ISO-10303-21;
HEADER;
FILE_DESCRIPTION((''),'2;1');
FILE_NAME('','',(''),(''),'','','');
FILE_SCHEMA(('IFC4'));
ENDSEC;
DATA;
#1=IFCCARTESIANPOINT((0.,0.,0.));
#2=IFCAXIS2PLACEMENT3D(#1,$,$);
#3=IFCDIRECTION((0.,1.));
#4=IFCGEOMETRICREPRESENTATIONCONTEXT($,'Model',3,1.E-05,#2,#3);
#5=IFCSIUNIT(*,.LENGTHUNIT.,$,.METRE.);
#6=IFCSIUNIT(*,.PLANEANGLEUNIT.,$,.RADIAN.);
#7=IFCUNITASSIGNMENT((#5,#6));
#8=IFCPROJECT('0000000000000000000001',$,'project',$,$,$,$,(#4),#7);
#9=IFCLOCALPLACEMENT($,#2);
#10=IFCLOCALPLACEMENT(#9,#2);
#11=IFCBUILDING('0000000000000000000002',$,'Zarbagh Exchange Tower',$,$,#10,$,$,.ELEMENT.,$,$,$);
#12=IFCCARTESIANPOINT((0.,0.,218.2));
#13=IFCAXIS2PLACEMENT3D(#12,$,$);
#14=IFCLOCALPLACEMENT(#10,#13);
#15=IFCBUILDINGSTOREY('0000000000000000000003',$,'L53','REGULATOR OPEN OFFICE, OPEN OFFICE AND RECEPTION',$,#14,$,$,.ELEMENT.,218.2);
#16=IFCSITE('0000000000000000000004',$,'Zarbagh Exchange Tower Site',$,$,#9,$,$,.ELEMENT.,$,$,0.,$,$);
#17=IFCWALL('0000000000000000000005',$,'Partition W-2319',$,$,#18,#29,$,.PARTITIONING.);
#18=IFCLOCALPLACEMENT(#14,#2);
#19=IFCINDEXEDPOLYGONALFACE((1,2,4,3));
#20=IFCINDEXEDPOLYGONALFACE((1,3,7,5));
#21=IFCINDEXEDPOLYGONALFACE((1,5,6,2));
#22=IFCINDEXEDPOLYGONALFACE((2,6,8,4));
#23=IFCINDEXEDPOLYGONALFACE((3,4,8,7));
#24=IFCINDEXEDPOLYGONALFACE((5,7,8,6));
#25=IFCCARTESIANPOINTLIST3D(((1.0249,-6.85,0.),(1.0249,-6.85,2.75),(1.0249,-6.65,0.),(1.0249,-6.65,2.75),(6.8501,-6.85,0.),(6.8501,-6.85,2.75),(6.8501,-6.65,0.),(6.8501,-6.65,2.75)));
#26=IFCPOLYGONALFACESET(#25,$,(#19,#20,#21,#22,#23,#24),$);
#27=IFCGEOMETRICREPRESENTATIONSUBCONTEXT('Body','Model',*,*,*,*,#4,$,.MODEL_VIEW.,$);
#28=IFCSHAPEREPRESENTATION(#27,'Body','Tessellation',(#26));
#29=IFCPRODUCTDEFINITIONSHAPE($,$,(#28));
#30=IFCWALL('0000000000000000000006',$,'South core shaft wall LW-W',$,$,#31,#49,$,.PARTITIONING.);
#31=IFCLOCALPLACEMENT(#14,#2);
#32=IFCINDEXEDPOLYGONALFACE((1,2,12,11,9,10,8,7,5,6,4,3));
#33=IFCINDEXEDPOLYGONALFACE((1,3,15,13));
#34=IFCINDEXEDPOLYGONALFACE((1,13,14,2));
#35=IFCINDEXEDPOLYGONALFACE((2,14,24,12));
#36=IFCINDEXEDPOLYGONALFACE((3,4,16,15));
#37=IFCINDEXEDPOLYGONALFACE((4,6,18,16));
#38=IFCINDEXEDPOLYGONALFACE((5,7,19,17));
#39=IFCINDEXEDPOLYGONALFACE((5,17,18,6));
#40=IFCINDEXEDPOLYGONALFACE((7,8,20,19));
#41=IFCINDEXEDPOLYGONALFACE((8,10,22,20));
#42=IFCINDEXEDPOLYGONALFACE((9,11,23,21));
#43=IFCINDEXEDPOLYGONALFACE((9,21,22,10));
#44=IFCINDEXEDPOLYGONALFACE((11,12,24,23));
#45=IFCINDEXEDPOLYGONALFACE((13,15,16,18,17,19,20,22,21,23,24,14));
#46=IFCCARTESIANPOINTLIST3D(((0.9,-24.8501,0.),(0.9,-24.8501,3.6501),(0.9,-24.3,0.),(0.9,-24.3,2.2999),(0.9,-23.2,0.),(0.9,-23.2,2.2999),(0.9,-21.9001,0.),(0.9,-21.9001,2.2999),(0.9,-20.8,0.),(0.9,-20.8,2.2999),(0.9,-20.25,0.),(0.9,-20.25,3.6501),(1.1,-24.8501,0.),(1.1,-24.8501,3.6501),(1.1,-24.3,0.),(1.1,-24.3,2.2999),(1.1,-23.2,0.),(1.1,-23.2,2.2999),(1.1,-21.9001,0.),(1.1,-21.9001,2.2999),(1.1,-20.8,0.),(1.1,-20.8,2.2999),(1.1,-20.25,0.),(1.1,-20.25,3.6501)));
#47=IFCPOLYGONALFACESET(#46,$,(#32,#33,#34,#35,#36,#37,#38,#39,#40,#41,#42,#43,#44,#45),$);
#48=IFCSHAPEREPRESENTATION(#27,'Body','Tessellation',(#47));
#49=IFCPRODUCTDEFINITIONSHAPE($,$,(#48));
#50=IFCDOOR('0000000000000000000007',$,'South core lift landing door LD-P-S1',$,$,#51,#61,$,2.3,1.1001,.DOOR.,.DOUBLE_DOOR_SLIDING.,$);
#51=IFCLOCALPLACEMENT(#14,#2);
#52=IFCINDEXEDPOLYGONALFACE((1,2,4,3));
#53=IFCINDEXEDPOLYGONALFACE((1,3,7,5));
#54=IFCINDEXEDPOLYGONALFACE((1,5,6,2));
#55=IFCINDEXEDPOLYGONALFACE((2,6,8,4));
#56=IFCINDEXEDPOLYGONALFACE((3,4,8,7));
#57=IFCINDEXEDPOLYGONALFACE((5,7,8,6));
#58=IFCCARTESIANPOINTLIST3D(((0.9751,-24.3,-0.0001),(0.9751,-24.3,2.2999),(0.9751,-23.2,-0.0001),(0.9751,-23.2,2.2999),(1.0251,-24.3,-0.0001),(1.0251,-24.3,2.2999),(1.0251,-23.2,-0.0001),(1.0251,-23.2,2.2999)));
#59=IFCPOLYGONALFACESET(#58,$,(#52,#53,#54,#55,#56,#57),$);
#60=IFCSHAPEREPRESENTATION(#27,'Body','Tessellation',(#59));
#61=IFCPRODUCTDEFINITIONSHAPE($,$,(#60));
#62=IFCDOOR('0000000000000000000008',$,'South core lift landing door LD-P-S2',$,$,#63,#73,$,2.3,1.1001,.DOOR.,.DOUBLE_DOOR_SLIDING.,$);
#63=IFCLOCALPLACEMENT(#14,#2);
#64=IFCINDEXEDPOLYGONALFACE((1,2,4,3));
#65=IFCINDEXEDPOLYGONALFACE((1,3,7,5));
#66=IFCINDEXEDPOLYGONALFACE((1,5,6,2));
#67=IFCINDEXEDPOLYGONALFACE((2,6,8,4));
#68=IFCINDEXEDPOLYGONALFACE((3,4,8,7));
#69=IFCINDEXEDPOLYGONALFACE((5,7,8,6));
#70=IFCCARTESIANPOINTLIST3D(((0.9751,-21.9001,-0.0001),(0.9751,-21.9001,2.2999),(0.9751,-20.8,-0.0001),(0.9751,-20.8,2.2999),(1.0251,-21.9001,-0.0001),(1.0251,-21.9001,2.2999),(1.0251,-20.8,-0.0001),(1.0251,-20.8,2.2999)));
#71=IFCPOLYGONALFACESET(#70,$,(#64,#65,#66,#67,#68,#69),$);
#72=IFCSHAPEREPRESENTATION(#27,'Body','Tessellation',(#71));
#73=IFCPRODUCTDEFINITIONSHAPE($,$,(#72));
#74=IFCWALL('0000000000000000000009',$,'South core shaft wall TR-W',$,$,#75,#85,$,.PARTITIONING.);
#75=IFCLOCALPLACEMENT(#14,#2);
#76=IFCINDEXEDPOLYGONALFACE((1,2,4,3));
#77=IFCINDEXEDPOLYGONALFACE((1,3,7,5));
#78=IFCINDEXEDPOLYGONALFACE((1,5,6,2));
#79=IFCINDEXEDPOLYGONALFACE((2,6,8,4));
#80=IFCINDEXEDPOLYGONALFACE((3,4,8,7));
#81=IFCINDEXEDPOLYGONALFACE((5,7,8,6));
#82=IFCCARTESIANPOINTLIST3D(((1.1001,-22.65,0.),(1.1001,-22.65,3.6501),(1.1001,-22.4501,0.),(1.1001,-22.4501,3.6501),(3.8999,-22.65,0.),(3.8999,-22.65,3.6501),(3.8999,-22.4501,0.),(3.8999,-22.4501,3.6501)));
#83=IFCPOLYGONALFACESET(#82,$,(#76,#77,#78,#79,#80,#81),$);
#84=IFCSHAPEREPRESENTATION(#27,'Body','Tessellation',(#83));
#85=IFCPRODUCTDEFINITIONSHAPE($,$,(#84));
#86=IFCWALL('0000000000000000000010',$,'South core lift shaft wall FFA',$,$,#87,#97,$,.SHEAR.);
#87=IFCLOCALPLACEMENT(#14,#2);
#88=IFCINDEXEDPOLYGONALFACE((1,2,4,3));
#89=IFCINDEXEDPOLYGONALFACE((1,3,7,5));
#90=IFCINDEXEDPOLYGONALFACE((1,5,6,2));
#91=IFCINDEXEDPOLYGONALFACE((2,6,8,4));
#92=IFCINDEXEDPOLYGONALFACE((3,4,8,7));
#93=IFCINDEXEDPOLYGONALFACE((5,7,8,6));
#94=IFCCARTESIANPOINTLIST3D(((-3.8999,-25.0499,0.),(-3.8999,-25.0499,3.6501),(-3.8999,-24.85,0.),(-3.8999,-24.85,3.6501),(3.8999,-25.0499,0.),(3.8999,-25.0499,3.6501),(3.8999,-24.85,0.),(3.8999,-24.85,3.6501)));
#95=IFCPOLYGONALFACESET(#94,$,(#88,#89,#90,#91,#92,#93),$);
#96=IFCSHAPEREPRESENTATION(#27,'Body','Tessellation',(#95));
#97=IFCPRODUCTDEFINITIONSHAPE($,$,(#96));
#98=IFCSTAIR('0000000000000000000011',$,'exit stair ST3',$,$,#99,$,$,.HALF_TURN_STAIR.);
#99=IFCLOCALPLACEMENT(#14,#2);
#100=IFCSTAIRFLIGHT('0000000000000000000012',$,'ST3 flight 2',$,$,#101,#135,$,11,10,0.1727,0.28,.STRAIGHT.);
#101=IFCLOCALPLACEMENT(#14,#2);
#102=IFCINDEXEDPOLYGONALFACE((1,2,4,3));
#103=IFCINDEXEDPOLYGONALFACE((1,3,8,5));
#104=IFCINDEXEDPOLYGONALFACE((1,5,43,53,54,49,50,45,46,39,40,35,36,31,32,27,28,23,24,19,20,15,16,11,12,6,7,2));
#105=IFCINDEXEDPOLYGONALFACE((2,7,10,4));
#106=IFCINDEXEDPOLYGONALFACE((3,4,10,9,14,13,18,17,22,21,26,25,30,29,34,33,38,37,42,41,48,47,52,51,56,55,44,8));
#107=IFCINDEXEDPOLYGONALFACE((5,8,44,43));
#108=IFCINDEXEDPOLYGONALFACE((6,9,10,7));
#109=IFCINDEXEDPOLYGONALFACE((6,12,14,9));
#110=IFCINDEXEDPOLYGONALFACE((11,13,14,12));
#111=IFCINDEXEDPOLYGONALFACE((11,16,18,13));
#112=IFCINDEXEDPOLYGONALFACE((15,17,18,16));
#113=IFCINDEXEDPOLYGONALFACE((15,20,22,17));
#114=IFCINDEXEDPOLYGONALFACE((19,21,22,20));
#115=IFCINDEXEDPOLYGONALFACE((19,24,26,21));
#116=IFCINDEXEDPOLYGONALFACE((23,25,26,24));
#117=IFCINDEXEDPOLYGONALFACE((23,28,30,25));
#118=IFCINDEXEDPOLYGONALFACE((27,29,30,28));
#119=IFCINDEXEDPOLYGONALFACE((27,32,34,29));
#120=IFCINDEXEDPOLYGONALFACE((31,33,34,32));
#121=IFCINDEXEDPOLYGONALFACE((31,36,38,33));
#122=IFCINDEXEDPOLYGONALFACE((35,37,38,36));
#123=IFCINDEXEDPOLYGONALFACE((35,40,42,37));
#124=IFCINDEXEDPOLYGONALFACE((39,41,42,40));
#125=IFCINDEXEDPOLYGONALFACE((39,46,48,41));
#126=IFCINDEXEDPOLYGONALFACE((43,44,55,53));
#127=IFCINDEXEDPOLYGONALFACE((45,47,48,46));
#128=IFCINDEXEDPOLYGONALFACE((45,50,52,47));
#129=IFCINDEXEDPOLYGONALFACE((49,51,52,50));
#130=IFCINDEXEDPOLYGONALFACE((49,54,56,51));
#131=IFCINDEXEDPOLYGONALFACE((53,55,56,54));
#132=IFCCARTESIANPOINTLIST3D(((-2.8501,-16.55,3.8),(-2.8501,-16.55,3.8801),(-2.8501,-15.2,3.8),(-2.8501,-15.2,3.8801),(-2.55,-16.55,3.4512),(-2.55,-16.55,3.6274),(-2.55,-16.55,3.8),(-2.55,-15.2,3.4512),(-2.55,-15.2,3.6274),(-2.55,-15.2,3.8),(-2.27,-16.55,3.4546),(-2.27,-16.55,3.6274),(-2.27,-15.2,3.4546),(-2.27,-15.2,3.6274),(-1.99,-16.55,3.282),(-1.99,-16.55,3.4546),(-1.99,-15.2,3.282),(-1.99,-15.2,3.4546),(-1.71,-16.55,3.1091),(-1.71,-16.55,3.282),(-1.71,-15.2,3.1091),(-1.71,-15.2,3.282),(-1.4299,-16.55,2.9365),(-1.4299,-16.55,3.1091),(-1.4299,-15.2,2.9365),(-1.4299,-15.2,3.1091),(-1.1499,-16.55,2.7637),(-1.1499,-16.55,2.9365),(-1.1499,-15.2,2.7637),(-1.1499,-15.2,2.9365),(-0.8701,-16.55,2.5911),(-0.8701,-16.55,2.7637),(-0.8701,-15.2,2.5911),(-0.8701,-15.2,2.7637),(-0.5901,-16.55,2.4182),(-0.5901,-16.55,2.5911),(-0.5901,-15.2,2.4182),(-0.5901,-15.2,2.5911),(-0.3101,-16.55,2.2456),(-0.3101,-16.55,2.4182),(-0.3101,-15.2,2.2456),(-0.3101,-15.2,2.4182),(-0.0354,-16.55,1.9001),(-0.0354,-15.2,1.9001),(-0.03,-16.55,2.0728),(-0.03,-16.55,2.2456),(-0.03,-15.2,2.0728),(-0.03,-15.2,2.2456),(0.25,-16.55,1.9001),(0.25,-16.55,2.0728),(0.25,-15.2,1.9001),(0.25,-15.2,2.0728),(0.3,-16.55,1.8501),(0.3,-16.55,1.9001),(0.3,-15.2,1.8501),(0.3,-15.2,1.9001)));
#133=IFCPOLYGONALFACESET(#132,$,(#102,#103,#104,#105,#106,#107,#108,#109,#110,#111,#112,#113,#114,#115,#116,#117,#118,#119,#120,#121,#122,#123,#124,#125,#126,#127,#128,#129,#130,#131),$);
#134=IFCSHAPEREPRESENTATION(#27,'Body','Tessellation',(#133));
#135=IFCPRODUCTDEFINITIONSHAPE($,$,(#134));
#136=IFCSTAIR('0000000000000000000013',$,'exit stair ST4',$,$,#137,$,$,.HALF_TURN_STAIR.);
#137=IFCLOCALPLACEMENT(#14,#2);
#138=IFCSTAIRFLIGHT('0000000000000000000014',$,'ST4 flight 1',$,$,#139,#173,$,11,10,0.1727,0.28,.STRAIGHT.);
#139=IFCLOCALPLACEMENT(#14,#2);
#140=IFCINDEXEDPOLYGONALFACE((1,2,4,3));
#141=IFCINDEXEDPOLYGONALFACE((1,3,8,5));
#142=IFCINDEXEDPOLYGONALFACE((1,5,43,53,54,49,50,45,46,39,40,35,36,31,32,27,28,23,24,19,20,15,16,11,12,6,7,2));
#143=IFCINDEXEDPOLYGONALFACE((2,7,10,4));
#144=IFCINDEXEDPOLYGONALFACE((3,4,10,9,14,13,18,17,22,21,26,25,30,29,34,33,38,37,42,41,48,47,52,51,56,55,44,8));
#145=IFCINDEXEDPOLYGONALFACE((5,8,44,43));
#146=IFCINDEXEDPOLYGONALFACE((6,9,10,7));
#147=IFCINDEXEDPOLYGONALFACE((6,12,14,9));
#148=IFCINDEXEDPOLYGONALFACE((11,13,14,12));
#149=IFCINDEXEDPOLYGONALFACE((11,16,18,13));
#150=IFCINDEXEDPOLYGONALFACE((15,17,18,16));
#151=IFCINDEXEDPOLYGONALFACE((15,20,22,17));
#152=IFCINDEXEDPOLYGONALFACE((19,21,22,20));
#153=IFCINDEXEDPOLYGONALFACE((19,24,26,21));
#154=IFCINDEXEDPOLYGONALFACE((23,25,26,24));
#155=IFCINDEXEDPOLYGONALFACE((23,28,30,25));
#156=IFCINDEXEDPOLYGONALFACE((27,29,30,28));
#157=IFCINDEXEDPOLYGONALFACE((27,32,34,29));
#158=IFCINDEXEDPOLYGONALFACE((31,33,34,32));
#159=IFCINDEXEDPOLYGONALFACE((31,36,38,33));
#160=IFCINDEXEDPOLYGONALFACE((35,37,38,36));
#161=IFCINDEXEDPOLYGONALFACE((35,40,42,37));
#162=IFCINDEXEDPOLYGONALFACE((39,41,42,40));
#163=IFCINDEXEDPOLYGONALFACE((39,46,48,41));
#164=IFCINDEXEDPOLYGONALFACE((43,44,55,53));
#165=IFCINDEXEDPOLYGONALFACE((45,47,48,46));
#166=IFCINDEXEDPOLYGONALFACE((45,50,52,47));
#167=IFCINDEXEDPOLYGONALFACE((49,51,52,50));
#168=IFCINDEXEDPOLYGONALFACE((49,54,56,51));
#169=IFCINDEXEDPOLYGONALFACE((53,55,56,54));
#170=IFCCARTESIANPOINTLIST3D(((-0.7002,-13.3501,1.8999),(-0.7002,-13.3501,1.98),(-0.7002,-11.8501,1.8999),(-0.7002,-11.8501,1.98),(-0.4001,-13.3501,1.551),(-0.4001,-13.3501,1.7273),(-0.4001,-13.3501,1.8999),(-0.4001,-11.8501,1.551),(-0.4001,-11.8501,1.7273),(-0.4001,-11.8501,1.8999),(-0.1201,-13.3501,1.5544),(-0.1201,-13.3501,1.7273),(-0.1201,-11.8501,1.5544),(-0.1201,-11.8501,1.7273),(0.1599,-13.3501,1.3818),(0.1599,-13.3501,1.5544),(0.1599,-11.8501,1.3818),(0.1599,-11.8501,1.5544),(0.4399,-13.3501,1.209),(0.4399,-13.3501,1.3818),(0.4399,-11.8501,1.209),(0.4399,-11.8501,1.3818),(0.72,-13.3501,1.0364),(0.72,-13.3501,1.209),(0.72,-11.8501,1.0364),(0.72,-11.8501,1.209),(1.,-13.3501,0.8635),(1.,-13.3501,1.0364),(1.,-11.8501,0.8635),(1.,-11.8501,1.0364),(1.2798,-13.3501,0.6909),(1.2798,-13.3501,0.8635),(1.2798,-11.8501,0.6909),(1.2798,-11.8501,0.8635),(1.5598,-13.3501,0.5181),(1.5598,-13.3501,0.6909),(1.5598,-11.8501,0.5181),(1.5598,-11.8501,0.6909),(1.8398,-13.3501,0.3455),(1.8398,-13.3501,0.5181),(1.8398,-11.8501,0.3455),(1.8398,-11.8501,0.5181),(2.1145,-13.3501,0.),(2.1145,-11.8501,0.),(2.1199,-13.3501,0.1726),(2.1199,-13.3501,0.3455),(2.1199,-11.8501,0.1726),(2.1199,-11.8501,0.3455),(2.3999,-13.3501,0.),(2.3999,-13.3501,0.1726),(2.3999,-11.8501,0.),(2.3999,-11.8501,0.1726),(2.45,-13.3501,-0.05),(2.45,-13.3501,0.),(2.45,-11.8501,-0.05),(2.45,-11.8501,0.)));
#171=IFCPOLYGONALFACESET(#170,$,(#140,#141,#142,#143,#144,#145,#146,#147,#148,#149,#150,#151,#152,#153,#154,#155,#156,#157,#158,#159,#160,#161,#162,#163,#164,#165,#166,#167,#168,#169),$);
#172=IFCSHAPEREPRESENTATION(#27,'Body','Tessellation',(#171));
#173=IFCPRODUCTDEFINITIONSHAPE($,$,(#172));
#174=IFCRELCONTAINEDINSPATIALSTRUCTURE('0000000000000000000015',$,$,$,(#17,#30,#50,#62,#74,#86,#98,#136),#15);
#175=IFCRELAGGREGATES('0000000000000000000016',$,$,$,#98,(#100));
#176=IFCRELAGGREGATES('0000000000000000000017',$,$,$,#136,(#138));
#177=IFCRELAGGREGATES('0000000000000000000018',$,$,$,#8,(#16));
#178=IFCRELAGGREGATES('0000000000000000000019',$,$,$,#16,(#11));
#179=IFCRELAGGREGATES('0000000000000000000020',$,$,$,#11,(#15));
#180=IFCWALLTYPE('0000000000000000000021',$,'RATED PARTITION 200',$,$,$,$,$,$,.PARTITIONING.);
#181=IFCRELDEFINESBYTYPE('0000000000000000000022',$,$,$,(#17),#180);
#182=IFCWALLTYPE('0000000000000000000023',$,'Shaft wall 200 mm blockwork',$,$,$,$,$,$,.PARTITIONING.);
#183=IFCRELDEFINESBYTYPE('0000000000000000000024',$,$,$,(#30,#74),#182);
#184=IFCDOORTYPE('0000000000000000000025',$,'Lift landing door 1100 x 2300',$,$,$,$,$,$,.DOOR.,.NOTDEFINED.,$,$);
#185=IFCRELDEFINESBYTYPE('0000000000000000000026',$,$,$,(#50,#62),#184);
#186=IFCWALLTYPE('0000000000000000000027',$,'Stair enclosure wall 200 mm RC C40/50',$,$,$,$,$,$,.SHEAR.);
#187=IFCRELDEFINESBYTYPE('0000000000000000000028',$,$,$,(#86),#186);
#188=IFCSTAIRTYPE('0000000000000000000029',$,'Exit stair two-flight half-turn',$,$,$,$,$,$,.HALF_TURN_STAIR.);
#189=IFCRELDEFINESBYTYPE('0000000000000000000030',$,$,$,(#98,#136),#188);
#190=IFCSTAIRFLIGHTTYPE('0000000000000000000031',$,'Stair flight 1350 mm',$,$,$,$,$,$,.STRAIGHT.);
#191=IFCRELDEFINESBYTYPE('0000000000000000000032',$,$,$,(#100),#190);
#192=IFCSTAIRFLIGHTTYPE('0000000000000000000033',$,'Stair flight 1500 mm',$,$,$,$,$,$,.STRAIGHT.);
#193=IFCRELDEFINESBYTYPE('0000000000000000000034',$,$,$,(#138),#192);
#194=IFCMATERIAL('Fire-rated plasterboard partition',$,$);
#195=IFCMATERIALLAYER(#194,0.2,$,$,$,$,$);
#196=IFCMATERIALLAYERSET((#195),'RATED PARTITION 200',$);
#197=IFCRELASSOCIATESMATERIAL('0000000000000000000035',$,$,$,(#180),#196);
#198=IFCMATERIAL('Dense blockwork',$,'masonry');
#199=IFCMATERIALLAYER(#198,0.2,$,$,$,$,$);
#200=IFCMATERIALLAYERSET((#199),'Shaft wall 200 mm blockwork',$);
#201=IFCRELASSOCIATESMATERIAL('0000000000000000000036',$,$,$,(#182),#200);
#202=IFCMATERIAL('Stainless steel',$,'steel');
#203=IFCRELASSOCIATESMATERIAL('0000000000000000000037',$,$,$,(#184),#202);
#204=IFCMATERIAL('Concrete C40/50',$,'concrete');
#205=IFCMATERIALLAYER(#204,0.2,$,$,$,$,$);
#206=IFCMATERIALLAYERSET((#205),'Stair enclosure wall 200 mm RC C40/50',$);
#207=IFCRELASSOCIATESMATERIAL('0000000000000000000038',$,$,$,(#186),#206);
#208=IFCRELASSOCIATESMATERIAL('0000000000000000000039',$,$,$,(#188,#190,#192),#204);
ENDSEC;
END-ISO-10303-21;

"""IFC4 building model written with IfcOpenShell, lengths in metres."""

from ifc_helpers import new_model, si_unit, direction, frame, frame_2d, origin, place, context, subcontext, project, spatial, polyline, rectangle, outline, extrude, material, layer, layer_set, type_object, element, fill, aggregate, save


model = new_model("IFC4")

# Units and contexts
model_context = context("Model", 3, precision=1e-05, world=origin(), true_north=direction((0.0, 1.0)))
body_context = subcontext(model_context, "Body", "Model", "MODEL_VIEW")
ifc_project = project(units=[si_unit("LENGTHUNIT", "METRE"), si_unit("PLANEANGLEUNIT", "RADIAN")], contexts=[model_context])

# Site, building, storey
site_placement = place(None, origin())
site = spatial("IfcSite", under=ifc_project, at=site_placement, Name="Zarbagh Exchange Tower Site", CompositionType="ELEMENT", RefElevation=0.0)
building_placement = place(site_placement, origin())
building = spatial("IfcBuilding", under=site, at=building_placement, Name="Zarbagh Exchange Tower", CompositionType="ELEMENT")
storey_placement = place(building_placement, frame((0.0, 0.0, 218.2)))
storey = spatial("IfcBuildingStorey", under=building, at=storey_placement, Name="L53", Description="REGULATOR OPEN OFFICE, OPEN OFFICE AND RECEPTION", CompositionType="ELEMENT", Elevation=218.2)

# Wall
ifc_material_1 = material(Name="Fire-rated plasterboard partition")
ifc_layer_1 = layer(ifc_material_1, 0.2)
ifc_layer_set_1 = layer_set([ifc_layer_1], Name="RATED PARTITION 200")
wall_type_1 = type_object("IfcWallType", Name="RATED PARTITION 200", PredefinedType="PARTITIONING", material=ifc_layer_set_1)
wall_1_placement = place(storey_placement, frame((1.0249, -6.75, 0.0), z_axis=(0.0, 0.0, 1.0), x_axis=(1.0, 0.0, 0.0)))
element("IfcWall", 1, at=wall_1_placement, inside=storey, type_object=wall_type_1, Name="Partition W-2319", PredefinedType="PARTITIONING", context=body_context, shape_type="SweptSolid", body=[
    extrude(rectangle(XDim=5.8252, YDim=0.2, at=frame_2d((2.9126, 0.0))), origin(), (0.0, 0.0, 1.0), 2.75),
])

# Wall, openings, doors
ifc_material_2 = material(Name="Dense blockwork", Category="masonry")
ifc_layer_2 = layer(ifc_material_2, 0.2)
ifc_layer_set_2 = layer_set([ifc_layer_2], Name="Shaft wall 200 mm blockwork")
wall_type_2 = type_object("IfcWallType", Name="Shaft wall 200 mm blockwork", PredefinedType="PARTITIONING", material=ifc_layer_set_2)
wall_2_placement = place(storey_placement, frame((1.0, -24.8501, 0.0), z_axis=(0.0, 0.0, 1.0), x_axis=(0.0, 1.0, 0.0)))
wall_2 = element("IfcWall", 2, at=wall_2_placement, inside=storey, type_object=wall_type_2, Name="South core shaft wall LW-W", PredefinedType="PARTITIONING", context=body_context, shape_type="SweptSolid", body=[
    extrude(rectangle(XDim=4.6001, YDim=0.2, at=frame_2d((2.3, 0.0))), origin(), (0.0, 0.0, 1.0), 3.6501),
])
opening_1_placement = place(wall_2_placement, frame((0.55, 0.0, 0.0)))
opening_1 = element("IfcOpeningElement", 3, at=opening_1_placement, cuts=wall_2, PredefinedType="OPENING", context=body_context, shape_type="SweptSolid", body=[
    extrude(rectangle(XDim=1.1001, YDim=2.3, at=frame_2d((0.55, 1.1499))), frame((0.0, 0.1099, 0.0), z_axis=(0.0, -1.0, 0.0), x_axis=(1.0, 0.0, 0.0)), (0.0, 0.0, 1.0), 0.22),
])
opening_2_placement = place(wall_2_placement, frame((2.95, 0.0, 0.0)))
opening_2 = element("IfcOpeningElement", 4, at=opening_2_placement, cuts=wall_2, PredefinedType="OPENING", context=body_context, shape_type="SweptSolid", body=[
    extrude(rectangle(XDim=1.1001, YDim=2.3, at=frame_2d((0.55, 1.1499))), frame((0.0, 0.1099, 0.0), z_axis=(0.0, -1.0, 0.0), x_axis=(1.0, 0.0, 0.0)), (0.0, 0.0, 1.0), 0.22),
])
ifc_material_3 = material(Name="Stainless steel", Category="steel")
door_type = type_object("IfcDoorType", Name="Lift landing door 1100 x 2300", OperationType="NOTDEFINED", PredefinedType="DOOR", material=ifc_material_3)
door_1_placement = place(opening_1_placement, origin())
door_1 = element("IfcDoor", 5, at=door_1_placement, inside=storey, type_object=door_type, Name="South core lift landing door LD-P-S1", OperationType="DOUBLE_DOOR_SLIDING", OverallHeight=2.3, OverallWidth=1.1001, PredefinedType="DOOR", context=body_context, shape_type="SweptSolid", body=[
    extrude(rectangle(XDim=1.1001, YDim=2.3, at=frame_2d((0.55, 1.1499))), frame((0.0, 0.0249, 0.0), z_axis=(0.0, -1.0, 0.0), x_axis=(1.0, 0.0, 0.0)), (0.0, 0.0, 1.0), 0.05),
])
fill(opening_1, door_1)
door_2_placement = place(opening_2_placement, origin())
door_2 = element("IfcDoor", 6, at=door_2_placement, inside=storey, type_object=door_type, Name="South core lift landing door LD-P-S2", OperationType="DOUBLE_DOOR_SLIDING", OverallHeight=2.3, OverallWidth=1.1001, PredefinedType="DOOR", context=body_context, shape_type="SweptSolid", body=[
    extrude(rectangle(XDim=1.1001, YDim=2.3, at=frame_2d((0.55, 1.1499))), frame((0.0, 0.0249, 0.0), z_axis=(0.0, -1.0, 0.0), x_axis=(1.0, 0.0, 0.0)), (0.0, 0.0, 1.0), 0.05),
])
fill(opening_2, door_2)

# Walls
wall_3_placement = place(storey_placement, frame((3.8999, -22.55, 0.0), z_axis=(0.0, 0.0, 1.0), x_axis=(-1.0, 0.0, 0.0)))
element("IfcWall", 7, at=wall_3_placement, inside=storey, type_object=wall_type_2, Name="South core shaft wall TR-W", PredefinedType="PARTITIONING", context=body_context, shape_type="SweptSolid", body=[
    extrude(rectangle(XDim=2.7998, YDim=0.2, at=frame_2d((1.3999, 0.0))), origin(), (0.0, 0.0, 1.0), 3.6501),
])
ifc_material_4 = material(Name="Concrete C40/50", Category="concrete")
ifc_layer_3 = layer(ifc_material_4, 0.2)
ifc_layer_set_3 = layer_set([ifc_layer_3], Name="Stair enclosure wall 200 mm RC C40/50")
wall_type_3 = type_object("IfcWallType", Name="Stair enclosure wall 200 mm RC C40/50", PredefinedType="SHEAR", material=ifc_layer_set_3)
wall_4_placement = place(storey_placement, frame((3.8999, -24.95, 0.0), z_axis=(0.0, 0.0, 1.0), x_axis=(-1.0, 0.0, 0.0)))
element("IfcWall", 8, at=wall_4_placement, inside=storey, type_object=wall_type_3, Name="South core lift shaft wall FFA", PredefinedType="SHEAR", context=body_context, shape_type="SweptSolid", body=[
    extrude(rectangle(XDim=7.7998, YDim=0.2, at=frame_2d((3.8999, 0.0))), origin(), (0.0, 0.0, 1.0), 3.6501),
])

# Stairs, stair flights
stair_type = type_object("IfcStairType", Name="Exit stair two-flight half-turn", PredefinedType="HALF_TURN_STAIR", material=ifc_material_4)
stair_1_placement = place(storey_placement, origin())
stair_1 = element("IfcStair", 9, at=stair_1_placement, inside=storey, type_object=stair_type, Name="exit stair ST3", PredefinedType="HALF_TURN_STAIR")
stair_flight_type_1 = type_object("IfcStairFlightType", Name="Stair flight 1350 mm", PredefinedType="STRAIGHT", material=ifc_material_4)
stair_flight_1_placement = place(storey_placement, frame((0.25, -15.875, 1.9001), z_axis=(0.0, 0.0, 1.0), x_axis=(-1.0, 0.0, 0.0)))
stair_flight_1 = element("IfcStairFlight", 10, at=stair_flight_1_placement, type_object=stair_flight_type_1, Name="ST3 flight 2", NumberOfRisers=11, NumberOfTreads=10, PredefinedType="STRAIGHT", RiserHeight=0.1727, TreadLength=0.28, context=body_context, shape_type="SweptSolid", body=[
    extrude(outline(polyline([(-0.05, -0.05), (-0.05, 0.0), (0.0, 0.0), (0.0, 0.1726), (0.28, 0.1726), (0.28, 0.3455), (0.5601, 0.3455), (0.5601, 0.5181), (0.8401, 0.5181), (0.8401, 0.6909), (1.1201, 0.6909), (1.1201, 0.8635), (1.3999, 0.8635), (1.3999, 1.0364), (1.6799, 1.0364), (1.6799, 1.209), (1.96, 1.209), (1.96, 1.3818), (2.24, 1.3818), (2.24, 1.5544), (2.52, 1.5544), (2.52, 1.7273), (2.8, 1.7273), (2.8, 1.8999), (3.1001, 1.98), (3.1001, 1.8999), (2.8, 1.551), (0.2854, 0.0), (-0.05, -0.05)])), frame((0.0, 0.675, 0.0), z_axis=(0.0, -1.0, 0.0), x_axis=(1.0, 0.0, 0.0)), (0.0, 0.0, 1.0), 1.3501),
])
aggregate(stair_1, [stair_flight_1])
stair_2_placement = place(storey_placement, origin())
stair_2 = element("IfcStair", 11, at=stair_2_placement, inside=storey, type_object=stair_type, Name="exit stair ST4", PredefinedType="HALF_TURN_STAIR")
stair_flight_type_2 = type_object("IfcStairFlightType", Name="Stair flight 1500 mm", PredefinedType="STRAIGHT", material=ifc_material_4)
stair_flight_2_placement = place(storey_placement, frame((2.3999, -12.6001, 0.0), z_axis=(0.0, 0.0, 1.0), x_axis=(-1.0, 0.0, 0.0)))
stair_flight_2 = element("IfcStairFlight", 12, at=stair_flight_2_placement, type_object=stair_flight_type_2, Name="ST4 flight 1", NumberOfRisers=11, NumberOfTreads=10, PredefinedType="STRAIGHT", RiserHeight=0.1727, TreadLength=0.28, context=body_context, shape_type="SweptSolid", body=[
    extrude(outline(polyline([(-0.05, -0.05), (-0.05, 0.0), (0.0, 0.0), (0.0, 0.1726), (0.28, 0.1726), (0.28, 0.3455), (0.5601, 0.3455), (0.5601, 0.5181), (0.8401, 0.5181), (0.8401, 0.6909), (1.1201, 0.6909), (1.1201, 0.8635), (1.3999, 0.8635), (1.3999, 1.0364), (1.6799, 1.0364), (1.6799, 1.209), (1.96, 1.209), (1.96, 1.3818), (2.24, 1.3818), (2.24, 1.5544), (2.52, 1.5544), (2.52, 1.7273), (2.8, 1.7273), (2.8, 1.8999), (3.1001, 1.98), (3.1001, 1.8999), (2.8, 1.551), (0.2854, 0.0), (-0.05, -0.05)])), frame((0.0, 0.75, 0.0), z_axis=(0.0, -1.0, 0.0), x_axis=(1.0, 0.0, 0.0)), (0.0, 0.0, 1.0), 1.5),
])
aggregate(stair_2, [stair_flight_2])

save(model, "model.ifc")
